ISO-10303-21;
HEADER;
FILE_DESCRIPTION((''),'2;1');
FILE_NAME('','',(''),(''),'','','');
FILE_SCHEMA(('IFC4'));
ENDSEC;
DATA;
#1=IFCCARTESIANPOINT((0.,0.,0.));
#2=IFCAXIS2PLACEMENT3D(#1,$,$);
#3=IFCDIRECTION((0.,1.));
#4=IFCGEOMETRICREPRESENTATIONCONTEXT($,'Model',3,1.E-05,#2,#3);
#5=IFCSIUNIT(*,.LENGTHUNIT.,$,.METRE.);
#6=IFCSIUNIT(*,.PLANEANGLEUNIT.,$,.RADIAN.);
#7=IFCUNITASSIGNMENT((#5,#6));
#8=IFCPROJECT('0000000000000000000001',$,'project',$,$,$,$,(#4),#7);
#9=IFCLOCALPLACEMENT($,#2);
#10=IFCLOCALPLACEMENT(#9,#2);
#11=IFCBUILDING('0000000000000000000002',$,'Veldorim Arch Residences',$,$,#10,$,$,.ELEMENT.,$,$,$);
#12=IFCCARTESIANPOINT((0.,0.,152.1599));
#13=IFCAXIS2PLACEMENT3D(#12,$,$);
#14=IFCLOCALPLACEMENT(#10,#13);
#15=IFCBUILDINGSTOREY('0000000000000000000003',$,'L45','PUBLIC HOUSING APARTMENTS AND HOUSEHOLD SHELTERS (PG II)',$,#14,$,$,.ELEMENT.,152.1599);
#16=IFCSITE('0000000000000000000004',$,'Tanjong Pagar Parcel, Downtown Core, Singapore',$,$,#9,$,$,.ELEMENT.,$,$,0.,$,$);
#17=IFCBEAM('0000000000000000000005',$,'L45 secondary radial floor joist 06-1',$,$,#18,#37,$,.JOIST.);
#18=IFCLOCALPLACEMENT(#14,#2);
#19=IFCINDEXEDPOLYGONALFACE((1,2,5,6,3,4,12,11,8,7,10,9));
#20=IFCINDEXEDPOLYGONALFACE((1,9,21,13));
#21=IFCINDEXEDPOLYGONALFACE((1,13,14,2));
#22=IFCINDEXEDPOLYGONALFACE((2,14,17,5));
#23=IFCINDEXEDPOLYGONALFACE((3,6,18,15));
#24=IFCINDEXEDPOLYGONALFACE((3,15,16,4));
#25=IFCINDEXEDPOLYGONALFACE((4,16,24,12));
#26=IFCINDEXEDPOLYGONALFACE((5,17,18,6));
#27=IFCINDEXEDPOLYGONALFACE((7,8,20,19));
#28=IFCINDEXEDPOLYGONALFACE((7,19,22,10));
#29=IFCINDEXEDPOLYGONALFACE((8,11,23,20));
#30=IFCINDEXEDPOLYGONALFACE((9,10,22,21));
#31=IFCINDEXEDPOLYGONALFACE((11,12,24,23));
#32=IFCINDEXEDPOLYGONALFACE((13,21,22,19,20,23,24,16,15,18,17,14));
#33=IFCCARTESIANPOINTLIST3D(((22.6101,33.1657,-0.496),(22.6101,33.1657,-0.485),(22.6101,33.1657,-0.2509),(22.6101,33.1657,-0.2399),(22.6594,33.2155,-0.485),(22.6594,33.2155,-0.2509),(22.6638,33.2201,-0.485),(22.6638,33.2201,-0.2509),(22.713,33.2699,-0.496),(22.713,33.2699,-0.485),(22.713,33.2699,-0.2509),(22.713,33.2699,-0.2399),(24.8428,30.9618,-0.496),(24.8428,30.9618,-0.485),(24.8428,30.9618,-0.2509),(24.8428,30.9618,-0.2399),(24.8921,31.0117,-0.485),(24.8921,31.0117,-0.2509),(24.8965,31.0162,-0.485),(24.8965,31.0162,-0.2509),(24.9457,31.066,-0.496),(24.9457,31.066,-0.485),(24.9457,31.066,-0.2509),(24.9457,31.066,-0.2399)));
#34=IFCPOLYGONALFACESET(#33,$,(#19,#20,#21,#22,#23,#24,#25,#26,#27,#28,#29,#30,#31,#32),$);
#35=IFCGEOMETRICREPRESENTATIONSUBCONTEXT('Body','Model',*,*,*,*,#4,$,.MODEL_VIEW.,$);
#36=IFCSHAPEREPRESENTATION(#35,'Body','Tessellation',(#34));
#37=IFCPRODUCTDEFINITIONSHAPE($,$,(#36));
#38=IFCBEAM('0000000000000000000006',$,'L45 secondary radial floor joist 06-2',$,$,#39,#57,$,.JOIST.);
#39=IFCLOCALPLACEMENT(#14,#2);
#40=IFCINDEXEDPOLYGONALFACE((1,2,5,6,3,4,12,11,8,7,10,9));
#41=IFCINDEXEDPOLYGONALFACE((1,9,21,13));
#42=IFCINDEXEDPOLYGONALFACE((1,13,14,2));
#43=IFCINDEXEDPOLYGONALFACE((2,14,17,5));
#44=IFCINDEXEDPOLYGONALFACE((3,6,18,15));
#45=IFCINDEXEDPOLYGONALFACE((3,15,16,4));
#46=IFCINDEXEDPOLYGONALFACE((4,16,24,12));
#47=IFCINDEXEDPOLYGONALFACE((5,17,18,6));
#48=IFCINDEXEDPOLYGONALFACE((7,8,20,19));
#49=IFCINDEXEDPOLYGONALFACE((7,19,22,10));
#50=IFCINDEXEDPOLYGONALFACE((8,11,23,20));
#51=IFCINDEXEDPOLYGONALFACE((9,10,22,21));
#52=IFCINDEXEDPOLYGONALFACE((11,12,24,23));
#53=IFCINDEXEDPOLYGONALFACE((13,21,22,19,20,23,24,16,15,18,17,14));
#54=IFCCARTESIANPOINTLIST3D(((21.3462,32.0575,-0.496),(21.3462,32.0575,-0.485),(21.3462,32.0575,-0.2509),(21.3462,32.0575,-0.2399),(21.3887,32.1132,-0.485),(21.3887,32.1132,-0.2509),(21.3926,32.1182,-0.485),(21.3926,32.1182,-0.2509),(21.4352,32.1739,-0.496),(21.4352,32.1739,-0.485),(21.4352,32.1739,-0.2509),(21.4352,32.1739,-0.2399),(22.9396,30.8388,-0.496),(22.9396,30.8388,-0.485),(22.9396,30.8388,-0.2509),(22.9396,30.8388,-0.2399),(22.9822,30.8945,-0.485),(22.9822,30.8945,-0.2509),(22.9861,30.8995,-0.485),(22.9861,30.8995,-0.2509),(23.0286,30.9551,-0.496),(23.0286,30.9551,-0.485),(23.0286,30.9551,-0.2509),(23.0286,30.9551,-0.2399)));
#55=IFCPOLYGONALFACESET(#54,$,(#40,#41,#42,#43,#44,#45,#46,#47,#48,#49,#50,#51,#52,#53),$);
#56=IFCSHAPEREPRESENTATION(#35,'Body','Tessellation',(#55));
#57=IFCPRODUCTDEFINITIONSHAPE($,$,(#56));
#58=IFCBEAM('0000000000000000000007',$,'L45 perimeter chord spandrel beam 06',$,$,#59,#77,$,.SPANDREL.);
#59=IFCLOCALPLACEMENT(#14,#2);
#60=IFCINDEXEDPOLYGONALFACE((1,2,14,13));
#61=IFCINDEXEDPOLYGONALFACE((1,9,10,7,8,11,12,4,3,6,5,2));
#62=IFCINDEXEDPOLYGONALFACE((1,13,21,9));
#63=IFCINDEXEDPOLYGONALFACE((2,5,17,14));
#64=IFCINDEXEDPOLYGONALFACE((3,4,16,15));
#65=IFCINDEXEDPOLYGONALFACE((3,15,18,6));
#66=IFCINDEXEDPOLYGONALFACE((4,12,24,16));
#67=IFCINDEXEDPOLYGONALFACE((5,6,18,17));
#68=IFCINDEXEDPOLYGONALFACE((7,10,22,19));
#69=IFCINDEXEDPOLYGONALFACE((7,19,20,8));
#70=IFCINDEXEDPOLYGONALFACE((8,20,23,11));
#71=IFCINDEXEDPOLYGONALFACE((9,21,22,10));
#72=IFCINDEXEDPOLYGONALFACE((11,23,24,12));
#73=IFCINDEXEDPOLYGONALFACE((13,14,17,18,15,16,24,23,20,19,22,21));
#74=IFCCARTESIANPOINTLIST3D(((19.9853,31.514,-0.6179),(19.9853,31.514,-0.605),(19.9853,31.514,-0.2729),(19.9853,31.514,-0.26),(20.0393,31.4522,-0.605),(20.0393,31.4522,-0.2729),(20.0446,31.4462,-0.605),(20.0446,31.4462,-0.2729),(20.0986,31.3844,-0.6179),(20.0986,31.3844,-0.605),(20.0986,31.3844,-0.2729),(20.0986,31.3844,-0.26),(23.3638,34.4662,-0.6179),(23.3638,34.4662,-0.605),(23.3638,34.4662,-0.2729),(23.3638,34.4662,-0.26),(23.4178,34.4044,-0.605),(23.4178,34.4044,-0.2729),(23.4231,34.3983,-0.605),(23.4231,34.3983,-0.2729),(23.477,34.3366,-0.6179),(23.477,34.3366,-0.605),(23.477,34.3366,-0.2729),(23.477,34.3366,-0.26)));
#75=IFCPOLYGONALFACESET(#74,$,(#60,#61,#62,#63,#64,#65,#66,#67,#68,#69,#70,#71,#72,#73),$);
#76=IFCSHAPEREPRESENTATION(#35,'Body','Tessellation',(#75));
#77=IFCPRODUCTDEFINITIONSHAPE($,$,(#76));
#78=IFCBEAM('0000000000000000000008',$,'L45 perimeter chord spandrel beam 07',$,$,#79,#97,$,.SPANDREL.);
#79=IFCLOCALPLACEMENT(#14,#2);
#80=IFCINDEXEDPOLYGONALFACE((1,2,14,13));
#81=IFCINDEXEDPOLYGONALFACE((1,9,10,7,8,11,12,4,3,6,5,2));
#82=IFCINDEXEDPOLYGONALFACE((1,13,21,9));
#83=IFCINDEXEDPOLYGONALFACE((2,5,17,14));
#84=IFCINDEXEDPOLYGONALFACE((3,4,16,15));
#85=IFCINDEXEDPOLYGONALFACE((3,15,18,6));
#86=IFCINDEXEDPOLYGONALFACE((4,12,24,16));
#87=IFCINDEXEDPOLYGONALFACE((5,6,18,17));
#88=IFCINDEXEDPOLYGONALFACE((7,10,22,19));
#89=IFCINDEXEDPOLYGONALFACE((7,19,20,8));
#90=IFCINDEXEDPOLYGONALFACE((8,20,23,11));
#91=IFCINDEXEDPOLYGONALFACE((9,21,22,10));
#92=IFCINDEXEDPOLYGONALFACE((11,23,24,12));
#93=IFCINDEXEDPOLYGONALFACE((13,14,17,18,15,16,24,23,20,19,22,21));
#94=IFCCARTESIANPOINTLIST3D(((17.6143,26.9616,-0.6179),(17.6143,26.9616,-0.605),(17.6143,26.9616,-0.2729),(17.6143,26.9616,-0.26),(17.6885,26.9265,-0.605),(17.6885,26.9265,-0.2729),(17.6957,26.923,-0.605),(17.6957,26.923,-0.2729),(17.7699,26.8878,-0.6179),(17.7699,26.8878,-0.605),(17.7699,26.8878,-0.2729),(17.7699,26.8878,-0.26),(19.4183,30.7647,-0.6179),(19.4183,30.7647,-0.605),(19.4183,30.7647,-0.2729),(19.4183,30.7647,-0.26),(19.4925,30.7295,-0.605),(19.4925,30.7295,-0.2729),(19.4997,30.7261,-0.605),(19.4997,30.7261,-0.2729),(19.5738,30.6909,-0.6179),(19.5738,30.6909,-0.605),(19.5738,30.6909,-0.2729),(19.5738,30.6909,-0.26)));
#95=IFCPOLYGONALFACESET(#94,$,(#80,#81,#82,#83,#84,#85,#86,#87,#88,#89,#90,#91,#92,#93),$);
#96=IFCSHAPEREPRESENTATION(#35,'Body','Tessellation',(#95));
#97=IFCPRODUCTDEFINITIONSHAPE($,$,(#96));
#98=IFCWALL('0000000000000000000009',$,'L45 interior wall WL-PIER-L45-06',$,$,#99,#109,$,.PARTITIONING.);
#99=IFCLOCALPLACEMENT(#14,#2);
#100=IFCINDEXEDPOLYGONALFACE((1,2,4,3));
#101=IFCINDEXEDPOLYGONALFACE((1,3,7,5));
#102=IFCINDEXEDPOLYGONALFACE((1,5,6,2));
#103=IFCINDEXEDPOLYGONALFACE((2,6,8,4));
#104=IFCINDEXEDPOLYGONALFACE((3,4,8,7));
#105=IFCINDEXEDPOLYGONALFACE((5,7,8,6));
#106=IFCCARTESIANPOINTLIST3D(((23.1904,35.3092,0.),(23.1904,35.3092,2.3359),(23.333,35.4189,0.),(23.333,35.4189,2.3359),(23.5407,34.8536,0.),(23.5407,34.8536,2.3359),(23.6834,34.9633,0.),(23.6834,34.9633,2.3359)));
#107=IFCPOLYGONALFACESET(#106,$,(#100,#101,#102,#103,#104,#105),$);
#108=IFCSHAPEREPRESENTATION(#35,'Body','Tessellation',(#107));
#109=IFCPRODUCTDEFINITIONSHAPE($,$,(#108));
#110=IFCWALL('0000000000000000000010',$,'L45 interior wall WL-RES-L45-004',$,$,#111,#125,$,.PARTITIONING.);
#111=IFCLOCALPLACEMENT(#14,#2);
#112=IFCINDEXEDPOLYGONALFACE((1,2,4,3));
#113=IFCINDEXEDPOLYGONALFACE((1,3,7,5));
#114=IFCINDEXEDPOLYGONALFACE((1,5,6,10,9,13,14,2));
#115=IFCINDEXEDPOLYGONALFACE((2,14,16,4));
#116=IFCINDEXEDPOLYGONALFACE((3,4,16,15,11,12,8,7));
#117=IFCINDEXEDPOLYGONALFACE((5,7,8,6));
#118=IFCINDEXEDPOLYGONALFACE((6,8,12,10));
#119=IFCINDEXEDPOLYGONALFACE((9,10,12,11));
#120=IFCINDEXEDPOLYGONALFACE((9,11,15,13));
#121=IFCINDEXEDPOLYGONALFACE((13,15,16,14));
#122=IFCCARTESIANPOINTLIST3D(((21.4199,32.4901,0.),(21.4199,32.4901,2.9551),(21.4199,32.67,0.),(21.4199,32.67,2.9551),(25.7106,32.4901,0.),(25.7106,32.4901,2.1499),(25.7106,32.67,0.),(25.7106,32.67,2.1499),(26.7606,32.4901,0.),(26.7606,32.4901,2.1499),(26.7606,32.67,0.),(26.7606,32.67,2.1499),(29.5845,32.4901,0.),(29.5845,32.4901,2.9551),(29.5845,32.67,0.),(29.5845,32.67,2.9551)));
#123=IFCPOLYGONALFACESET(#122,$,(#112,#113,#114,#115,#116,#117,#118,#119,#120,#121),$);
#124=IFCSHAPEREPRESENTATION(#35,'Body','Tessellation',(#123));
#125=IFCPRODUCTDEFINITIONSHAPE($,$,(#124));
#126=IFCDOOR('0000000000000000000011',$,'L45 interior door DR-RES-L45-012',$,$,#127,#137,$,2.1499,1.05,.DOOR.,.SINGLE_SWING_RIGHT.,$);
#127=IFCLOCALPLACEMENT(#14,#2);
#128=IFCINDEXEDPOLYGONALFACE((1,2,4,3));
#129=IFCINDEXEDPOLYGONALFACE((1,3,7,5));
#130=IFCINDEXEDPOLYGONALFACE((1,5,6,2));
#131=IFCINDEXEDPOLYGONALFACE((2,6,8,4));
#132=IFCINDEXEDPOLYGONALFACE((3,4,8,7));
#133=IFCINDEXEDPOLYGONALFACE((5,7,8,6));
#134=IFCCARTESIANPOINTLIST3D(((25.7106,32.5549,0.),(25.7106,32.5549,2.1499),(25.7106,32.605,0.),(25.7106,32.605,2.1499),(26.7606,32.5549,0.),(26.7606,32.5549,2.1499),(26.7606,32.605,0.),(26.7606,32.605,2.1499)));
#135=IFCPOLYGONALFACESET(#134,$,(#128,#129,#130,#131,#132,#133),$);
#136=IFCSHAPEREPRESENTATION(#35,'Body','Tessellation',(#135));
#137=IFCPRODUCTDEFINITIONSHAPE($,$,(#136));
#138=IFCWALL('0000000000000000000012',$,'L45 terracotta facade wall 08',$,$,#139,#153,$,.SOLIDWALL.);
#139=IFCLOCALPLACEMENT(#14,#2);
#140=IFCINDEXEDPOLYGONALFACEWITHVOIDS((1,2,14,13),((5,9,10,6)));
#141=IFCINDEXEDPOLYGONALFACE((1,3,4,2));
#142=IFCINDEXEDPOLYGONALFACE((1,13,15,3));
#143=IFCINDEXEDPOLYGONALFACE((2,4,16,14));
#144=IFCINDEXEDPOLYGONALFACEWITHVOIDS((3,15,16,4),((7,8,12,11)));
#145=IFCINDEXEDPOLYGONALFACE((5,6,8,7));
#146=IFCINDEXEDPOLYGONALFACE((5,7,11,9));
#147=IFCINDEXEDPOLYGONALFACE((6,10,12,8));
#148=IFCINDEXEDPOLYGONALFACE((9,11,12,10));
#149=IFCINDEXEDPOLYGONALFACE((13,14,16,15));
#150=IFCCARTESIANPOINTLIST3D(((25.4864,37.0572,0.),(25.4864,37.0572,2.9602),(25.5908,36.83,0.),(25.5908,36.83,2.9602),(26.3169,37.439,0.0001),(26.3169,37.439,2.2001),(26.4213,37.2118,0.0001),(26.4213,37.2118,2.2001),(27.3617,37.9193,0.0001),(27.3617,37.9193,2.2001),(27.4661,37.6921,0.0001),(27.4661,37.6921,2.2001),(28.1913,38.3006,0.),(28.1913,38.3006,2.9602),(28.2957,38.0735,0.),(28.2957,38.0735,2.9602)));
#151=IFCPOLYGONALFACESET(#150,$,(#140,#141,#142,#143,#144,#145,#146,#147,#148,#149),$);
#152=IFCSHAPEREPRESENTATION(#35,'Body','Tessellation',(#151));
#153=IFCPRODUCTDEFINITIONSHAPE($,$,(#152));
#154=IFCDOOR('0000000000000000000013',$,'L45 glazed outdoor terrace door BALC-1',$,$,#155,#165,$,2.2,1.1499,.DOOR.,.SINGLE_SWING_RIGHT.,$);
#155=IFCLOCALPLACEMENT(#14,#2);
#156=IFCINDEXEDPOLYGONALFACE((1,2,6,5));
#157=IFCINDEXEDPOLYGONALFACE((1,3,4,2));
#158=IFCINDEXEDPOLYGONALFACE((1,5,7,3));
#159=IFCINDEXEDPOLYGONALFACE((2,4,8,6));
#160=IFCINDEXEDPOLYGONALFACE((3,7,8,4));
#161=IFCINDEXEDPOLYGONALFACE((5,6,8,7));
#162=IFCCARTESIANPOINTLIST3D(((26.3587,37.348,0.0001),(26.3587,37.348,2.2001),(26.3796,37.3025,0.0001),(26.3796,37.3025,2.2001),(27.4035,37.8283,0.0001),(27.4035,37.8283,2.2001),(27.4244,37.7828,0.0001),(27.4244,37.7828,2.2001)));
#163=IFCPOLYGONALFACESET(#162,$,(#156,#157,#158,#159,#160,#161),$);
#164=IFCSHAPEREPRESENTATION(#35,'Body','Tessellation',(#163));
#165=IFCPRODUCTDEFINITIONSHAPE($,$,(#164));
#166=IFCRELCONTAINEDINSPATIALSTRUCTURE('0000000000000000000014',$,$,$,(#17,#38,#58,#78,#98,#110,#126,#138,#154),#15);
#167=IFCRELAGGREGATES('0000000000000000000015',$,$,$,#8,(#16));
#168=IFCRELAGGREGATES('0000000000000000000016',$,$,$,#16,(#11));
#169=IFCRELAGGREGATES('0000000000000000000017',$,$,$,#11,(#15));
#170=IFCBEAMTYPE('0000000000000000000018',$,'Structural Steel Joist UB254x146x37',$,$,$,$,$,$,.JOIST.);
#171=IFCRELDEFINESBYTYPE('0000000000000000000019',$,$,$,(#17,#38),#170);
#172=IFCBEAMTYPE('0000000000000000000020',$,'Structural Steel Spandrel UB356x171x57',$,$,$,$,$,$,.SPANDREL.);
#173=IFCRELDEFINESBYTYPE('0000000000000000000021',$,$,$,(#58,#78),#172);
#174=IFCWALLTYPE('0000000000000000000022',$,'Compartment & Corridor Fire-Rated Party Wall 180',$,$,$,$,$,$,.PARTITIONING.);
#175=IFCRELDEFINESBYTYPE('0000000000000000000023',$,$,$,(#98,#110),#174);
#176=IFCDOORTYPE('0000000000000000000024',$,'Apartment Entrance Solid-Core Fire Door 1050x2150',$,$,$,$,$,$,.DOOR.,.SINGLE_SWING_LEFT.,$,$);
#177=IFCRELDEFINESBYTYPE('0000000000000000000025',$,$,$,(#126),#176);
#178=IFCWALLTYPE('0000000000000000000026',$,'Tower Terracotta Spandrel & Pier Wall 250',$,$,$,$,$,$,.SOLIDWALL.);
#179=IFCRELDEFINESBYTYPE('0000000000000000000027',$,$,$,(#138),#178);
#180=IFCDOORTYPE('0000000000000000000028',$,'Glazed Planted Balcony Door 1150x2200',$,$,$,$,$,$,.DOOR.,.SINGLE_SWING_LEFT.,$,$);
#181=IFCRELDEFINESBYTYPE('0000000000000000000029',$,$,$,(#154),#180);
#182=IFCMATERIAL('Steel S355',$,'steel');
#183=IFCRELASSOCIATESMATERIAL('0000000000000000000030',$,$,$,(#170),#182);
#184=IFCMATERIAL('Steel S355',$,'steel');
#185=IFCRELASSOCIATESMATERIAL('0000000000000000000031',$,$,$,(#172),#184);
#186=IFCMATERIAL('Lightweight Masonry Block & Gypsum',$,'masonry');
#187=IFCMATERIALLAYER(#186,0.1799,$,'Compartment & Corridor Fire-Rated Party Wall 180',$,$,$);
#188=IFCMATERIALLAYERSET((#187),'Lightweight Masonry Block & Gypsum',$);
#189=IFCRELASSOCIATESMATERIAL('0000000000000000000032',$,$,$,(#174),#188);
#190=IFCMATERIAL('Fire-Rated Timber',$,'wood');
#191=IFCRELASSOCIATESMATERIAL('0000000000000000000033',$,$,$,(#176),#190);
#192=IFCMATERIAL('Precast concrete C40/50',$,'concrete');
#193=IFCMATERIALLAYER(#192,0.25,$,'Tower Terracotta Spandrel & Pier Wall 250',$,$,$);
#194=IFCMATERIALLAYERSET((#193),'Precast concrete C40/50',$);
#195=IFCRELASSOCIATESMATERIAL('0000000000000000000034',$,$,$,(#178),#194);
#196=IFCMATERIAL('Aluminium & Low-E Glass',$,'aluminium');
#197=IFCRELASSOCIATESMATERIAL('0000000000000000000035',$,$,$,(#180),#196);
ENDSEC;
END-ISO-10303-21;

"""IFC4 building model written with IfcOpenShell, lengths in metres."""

from ifc_helpers import new_model, si_unit, direction, frame, frame_2d, origin, origin_2d, place, context, subcontext, project, spatial, rectangle, i_section, extrude, material, layer, layer_set, material_profile, profile_set, type_object, element, fill, save


model = new_model("IFC4")

# Units and contexts
model_context = context("Model", 3, precision=1e-05, world=origin(), true_north=direction((0.0, 1.0)))
body_context = subcontext(model_context, "Body", "Model", "MODEL_VIEW")
ifc_project = project(units=[si_unit("LENGTHUNIT", "METRE"), si_unit("PLANEANGLEUNIT", "RADIAN")], contexts=[model_context])

# Site, building, storey
site_placement = place(None, origin())
site = spatial("IfcSite", under=ifc_project, at=site_placement, Name="Tanjong Pagar Parcel, Downtown Core, Singapore", CompositionType="ELEMENT", RefElevation=0.0)
building_placement = place(site_placement, origin())
building = spatial("IfcBuilding", under=site, at=building_placement, Name="Veldorim Arch Residences", CompositionType="ELEMENT")
storey_placement = place(building_placement, frame((0.0, 0.0, 152.1599)))
storey = spatial("IfcBuildingStorey", under=building, at=storey_placement, Name="L45", Description="PUBLIC HOUSING APARTMENTS AND HOUSEHOLD SHELTERS (PG II)", CompositionType="ELEMENT", Elevation=152.1599)

# Beams
ifc_material_1 = material(Name="Steel S355", Category="steel")
ifc_material_profile_1 = material_profile(ifc_material_1, i_section(OverallWidth=0.1465, OverallDepth=0.2561, WebThickness=0.0063, FlangeThickness=0.011, at=origin_2d()), Name="UB254x146x37")
ifc_profile_set_1 = profile_set([ifc_material_profile_1], Name="Steel S355")
beam_type_1 = type_object("IfcBeamType", Name="Structural Steel Joist UB254x146x37", PredefinedType="JOIST", material=ifc_profile_set_1)
beam_1_placement = place(storey_placement, frame((24.8943, 31.0139, -0.3679), z_axis=(-0.711683, 0.7025, 0.0), x_axis=(-0.7025, -0.711683, 0.0)))
element("IfcBeam", 1, at=beam_1_placement, inside=storey, type_object=beam_type_1, Name="L45 secondary radial floor joist 06-1", PredefinedType="JOIST", context=body_context, shape_type="SweptSolid", body=[
    extrude(i_section(OverallWidth=0.1465, OverallDepth=0.2561, WebThickness=0.0063, FlangeThickness=0.011, at=origin_2d()), origin(), (0.0, 0.0, 1.0), 3.1372),
])
beam_2_placement = place(storey_placement, frame((22.9841, 30.897, -0.3679), z_axis=(-0.794313, 0.607509, 0.0), x_axis=(-0.607509, -0.794313, 0.0)))
element("IfcBeam", 2, at=beam_2_placement, inside=storey, type_object=beam_type_1, Name="L45 secondary radial floor joist 06-2", PredefinedType="JOIST", context=body_context, shape_type="SweptSolid", body=[
    extrude(i_section(OverallWidth=0.1465, OverallDepth=0.2561, WebThickness=0.0063, FlangeThickness=0.011, at=origin_2d()), origin(), (0.0, 0.0, 1.0), 2.0061),
])
ifc_material_2 = material(Name="Steel S355", Category="steel")
ifc_material_profile_2 = material_profile(ifc_material_2, i_section(OverallWidth=0.1721, OverallDepth=0.3579, WebThickness=0.0081, FlangeThickness=0.0129, at=origin_2d()), Name="UB356x171x57")
ifc_profile_set_2 = profile_set([ifc_material_profile_2], Name="Steel S355")
beam_type_2 = type_object("IfcBeamType", Name="Structural Steel Spandrel UB356x171x57", PredefinedType="SPANDREL", material=ifc_profile_set_2)
beam_3_placement = place(storey_placement, frame((23.4204, 34.4014, -0.439), z_axis=(-0.753015, -0.658004, 0.0), x_axis=(0.658004, -0.753015, 0.0)))
element("IfcBeam", 3, at=beam_3_placement, inside=storey, type_object=beam_type_2, Name="L45 perimeter chord spandrel beam 06", PredefinedType="SPANDREL", context=body_context, shape_type="SweptSolid", body=[
    extrude(i_section(OverallWidth=0.1721, OverallDepth=0.3579, WebThickness=0.0081, FlangeThickness=0.0129, at=origin_2d()), origin(), (0.0, 0.0, 1.0), 4.4866),
])
beam_4_placement = place(storey_placement, frame((19.4961, 30.7278, -0.439), z_axis=(-0.42858, -0.903504, 0.0), x_axis=(0.903504, -0.42858, 0.0)))
element("IfcBeam", 4, at=beam_4_placement, inside=storey, type_object=beam_type_2, Name="L45 perimeter chord spandrel beam 07", PredefinedType="SPANDREL", context=body_context, shape_type="SweptSolid", body=[
    extrude(i_section(OverallWidth=0.1721, OverallDepth=0.3579, WebThickness=0.0081, FlangeThickness=0.0129, at=origin_2d()), origin(), (0.0, 0.0, 1.0), 4.2092),
])

# Wall
ifc_material_3 = material(Name="Lightweight Masonry Block & Gypsum", Category="masonry")
ifc_layer_1 = layer(ifc_material_3, 0.1799, Name="Compartment & Corridor Fire-Rated Party Wall 180")
ifc_layer_set_1 = layer_set([ifc_layer_1], Name="Lightweight Masonry Block & Gypsum")
wall_type_1 = type_object("IfcWallType", Name="Compartment & Corridor Fire-Rated Party Wall 180", PredefinedType="PARTITIONING", material=ifc_layer_set_1)
wall_1_placement = place(storey_placement, frame((23.6121, 34.9084, 0.0), z_axis=(0.0, 0.0, 1.0), x_axis=(-0.609608, 0.792703, 0.0)))
element("IfcWall", 5, at=wall_1_placement, inside=storey, type_object=wall_type_1, Name="L45 interior wall WL-PIER-L45-06", PredefinedType="PARTITIONING", context=body_context, shape_type="SweptSolid", body=[
    extrude(rectangle(XDim=0.5747, YDim=0.1799, at=frame_2d((0.2874, 0.0))), origin(), (0.0, 0.0, 1.0), 2.3359),
])

# Walls, openings, doors
wall_2_placement = place(storey_placement, frame((21.4199, 32.5801, 0.0), z_axis=(0.0, 0.0, 1.0), x_axis=(1.0, 0.0, 0.0)))
wall_2 = element("IfcWall", 6, at=wall_2_placement, inside=storey, type_object=wall_type_1, Name="L45 interior wall WL-RES-L45-004", PredefinedType="PARTITIONING", context=body_context, shape_type="SweptSolid", body=[
    extrude(rectangle(XDim=8.1646, YDim=0.1799, at=frame_2d((4.0823, 0.0))), origin(), (0.0, 0.0, 1.0), 2.9551),
])
opening_1_placement = place(wall_2_placement, frame((4.2908, 0.0, 0.0)))
opening_1 = element("IfcOpeningElement", 7, at=opening_1_placement, cuts=wall_2, PredefinedType="OPENING", context=body_context, shape_type="SweptSolid", body=[
    extrude(rectangle(XDim=1.05, YDim=2.1499, at=frame_2d((0.5249, 1.075))), frame((0.0, 0.0999, 0.0), z_axis=(0.0, -1.0, 0.0), x_axis=(1.0, 0.0, 0.0)), (0.0, 0.0, 1.0), 0.2),
])
ifc_material_4 = material(Name="Fire-Rated Timber", Category="wood")
door_type_1 = type_object("IfcDoorType", Name="Apartment Entrance Solid-Core Fire Door 1050x2150", OperationType="SINGLE_SWING_LEFT", PredefinedType="DOOR", material=ifc_material_4)
door_1_placement = place(opening_1_placement, origin())
door_1 = element("IfcDoor", 8, at=door_1_placement, inside=storey, type_object=door_type_1, Name="L45 interior door DR-RES-L45-012", OperationType="SINGLE_SWING_RIGHT", OverallHeight=2.1499, OverallWidth=1.05, PredefinedType="DOOR", context=body_context, shape_type="SweptSolid", body=[
    extrude(rectangle(XDim=1.05, YDim=2.1499, at=frame_2d((0.5249, 1.075))), frame((0.0, 0.0249, 0.0), z_axis=(0.0, -1.0, 0.0), x_axis=(1.0, 0.0, 0.0)), (0.0, 0.0, 1.0), 0.05),
])
fill(opening_1, door_1)
ifc_material_5 = material(Name="Precast concrete C40/50", Category="concrete")
ifc_layer_2 = layer(ifc_material_5, 0.25, Name="Tower Terracotta Spandrel & Pier Wall 250")
ifc_layer_set_2 = layer_set([ifc_layer_2], Name="Precast concrete C40/50")
wall_type_2 = type_object("IfcWallType", Name="Tower Terracotta Spandrel & Pier Wall 250", PredefinedType="SOLIDWALL", material=ifc_layer_set_2)
wall_3_placement = place(storey_placement, frame((25.5386, 36.9436, 0.0), z_axis=(0.0, 0.0, 1.0), x_axis=(0.908594, 0.41768, 0.0)))
wall_3 = element("IfcWall", 9, at=wall_3_placement, inside=storey, type_object=wall_type_2, Name="L45 terracotta facade wall 08", PredefinedType="SOLIDWALL", context=body_context, shape_type="SweptSolid", body=[
    extrude(rectangle(XDim=2.9771, YDim=0.25, at=frame_2d((1.4885, 0.0))), origin(), (0.0, 0.0, 1.0), 2.9602),
])
opening_2_placement = place(wall_3_placement, frame((0.9141, 0.0, 0.0)))
opening_2 = element("IfcOpeningElement", 10, at=opening_2_placement, cuts=wall_3, PredefinedType="OPENING", context=body_context, shape_type="SweptSolid", body=[
    extrude(rectangle(XDim=1.1499, YDim=2.2, at=frame_2d((0.575, 1.1001))), frame((0.0, 0.135, 0.0), z_axis=(0.0, -1.0, 0.0), x_axis=(1.0, 0.0, 0.0)), (0.0, 0.0, 1.0), 0.27),
])
ifc_material_6 = material(Name="Aluminium & Low-E Glass", Category="aluminium")
door_type_2 = type_object("IfcDoorType", Name="Glazed Planted Balcony Door 1150x2200", OperationType="SINGLE_SWING_LEFT", PredefinedType="DOOR", material=ifc_material_6)
door_2_placement = place(opening_2_placement, origin())
door_2 = element("IfcDoor", 11, at=door_2_placement, inside=storey, type_object=door_type_2, Name="L45 glazed outdoor terrace door BALC-1", OperationType="SINGLE_SWING_RIGHT", OverallHeight=2.2, OverallWidth=1.1499, PredefinedType="DOOR", context=body_context, shape_type="SweptSolid", body=[
    extrude(rectangle(XDim=1.1499, YDim=2.2, at=frame_2d((0.575, 1.1001))), frame((0.0, 0.0249, 0.0), z_axis=(0.0, -1.0, 0.0), x_axis=(1.0, 0.0, 0.0)), (0.0, 0.0, 1.0), 0.05),
])
fill(opening_2, door_2)

save(model, "model.ifc")
